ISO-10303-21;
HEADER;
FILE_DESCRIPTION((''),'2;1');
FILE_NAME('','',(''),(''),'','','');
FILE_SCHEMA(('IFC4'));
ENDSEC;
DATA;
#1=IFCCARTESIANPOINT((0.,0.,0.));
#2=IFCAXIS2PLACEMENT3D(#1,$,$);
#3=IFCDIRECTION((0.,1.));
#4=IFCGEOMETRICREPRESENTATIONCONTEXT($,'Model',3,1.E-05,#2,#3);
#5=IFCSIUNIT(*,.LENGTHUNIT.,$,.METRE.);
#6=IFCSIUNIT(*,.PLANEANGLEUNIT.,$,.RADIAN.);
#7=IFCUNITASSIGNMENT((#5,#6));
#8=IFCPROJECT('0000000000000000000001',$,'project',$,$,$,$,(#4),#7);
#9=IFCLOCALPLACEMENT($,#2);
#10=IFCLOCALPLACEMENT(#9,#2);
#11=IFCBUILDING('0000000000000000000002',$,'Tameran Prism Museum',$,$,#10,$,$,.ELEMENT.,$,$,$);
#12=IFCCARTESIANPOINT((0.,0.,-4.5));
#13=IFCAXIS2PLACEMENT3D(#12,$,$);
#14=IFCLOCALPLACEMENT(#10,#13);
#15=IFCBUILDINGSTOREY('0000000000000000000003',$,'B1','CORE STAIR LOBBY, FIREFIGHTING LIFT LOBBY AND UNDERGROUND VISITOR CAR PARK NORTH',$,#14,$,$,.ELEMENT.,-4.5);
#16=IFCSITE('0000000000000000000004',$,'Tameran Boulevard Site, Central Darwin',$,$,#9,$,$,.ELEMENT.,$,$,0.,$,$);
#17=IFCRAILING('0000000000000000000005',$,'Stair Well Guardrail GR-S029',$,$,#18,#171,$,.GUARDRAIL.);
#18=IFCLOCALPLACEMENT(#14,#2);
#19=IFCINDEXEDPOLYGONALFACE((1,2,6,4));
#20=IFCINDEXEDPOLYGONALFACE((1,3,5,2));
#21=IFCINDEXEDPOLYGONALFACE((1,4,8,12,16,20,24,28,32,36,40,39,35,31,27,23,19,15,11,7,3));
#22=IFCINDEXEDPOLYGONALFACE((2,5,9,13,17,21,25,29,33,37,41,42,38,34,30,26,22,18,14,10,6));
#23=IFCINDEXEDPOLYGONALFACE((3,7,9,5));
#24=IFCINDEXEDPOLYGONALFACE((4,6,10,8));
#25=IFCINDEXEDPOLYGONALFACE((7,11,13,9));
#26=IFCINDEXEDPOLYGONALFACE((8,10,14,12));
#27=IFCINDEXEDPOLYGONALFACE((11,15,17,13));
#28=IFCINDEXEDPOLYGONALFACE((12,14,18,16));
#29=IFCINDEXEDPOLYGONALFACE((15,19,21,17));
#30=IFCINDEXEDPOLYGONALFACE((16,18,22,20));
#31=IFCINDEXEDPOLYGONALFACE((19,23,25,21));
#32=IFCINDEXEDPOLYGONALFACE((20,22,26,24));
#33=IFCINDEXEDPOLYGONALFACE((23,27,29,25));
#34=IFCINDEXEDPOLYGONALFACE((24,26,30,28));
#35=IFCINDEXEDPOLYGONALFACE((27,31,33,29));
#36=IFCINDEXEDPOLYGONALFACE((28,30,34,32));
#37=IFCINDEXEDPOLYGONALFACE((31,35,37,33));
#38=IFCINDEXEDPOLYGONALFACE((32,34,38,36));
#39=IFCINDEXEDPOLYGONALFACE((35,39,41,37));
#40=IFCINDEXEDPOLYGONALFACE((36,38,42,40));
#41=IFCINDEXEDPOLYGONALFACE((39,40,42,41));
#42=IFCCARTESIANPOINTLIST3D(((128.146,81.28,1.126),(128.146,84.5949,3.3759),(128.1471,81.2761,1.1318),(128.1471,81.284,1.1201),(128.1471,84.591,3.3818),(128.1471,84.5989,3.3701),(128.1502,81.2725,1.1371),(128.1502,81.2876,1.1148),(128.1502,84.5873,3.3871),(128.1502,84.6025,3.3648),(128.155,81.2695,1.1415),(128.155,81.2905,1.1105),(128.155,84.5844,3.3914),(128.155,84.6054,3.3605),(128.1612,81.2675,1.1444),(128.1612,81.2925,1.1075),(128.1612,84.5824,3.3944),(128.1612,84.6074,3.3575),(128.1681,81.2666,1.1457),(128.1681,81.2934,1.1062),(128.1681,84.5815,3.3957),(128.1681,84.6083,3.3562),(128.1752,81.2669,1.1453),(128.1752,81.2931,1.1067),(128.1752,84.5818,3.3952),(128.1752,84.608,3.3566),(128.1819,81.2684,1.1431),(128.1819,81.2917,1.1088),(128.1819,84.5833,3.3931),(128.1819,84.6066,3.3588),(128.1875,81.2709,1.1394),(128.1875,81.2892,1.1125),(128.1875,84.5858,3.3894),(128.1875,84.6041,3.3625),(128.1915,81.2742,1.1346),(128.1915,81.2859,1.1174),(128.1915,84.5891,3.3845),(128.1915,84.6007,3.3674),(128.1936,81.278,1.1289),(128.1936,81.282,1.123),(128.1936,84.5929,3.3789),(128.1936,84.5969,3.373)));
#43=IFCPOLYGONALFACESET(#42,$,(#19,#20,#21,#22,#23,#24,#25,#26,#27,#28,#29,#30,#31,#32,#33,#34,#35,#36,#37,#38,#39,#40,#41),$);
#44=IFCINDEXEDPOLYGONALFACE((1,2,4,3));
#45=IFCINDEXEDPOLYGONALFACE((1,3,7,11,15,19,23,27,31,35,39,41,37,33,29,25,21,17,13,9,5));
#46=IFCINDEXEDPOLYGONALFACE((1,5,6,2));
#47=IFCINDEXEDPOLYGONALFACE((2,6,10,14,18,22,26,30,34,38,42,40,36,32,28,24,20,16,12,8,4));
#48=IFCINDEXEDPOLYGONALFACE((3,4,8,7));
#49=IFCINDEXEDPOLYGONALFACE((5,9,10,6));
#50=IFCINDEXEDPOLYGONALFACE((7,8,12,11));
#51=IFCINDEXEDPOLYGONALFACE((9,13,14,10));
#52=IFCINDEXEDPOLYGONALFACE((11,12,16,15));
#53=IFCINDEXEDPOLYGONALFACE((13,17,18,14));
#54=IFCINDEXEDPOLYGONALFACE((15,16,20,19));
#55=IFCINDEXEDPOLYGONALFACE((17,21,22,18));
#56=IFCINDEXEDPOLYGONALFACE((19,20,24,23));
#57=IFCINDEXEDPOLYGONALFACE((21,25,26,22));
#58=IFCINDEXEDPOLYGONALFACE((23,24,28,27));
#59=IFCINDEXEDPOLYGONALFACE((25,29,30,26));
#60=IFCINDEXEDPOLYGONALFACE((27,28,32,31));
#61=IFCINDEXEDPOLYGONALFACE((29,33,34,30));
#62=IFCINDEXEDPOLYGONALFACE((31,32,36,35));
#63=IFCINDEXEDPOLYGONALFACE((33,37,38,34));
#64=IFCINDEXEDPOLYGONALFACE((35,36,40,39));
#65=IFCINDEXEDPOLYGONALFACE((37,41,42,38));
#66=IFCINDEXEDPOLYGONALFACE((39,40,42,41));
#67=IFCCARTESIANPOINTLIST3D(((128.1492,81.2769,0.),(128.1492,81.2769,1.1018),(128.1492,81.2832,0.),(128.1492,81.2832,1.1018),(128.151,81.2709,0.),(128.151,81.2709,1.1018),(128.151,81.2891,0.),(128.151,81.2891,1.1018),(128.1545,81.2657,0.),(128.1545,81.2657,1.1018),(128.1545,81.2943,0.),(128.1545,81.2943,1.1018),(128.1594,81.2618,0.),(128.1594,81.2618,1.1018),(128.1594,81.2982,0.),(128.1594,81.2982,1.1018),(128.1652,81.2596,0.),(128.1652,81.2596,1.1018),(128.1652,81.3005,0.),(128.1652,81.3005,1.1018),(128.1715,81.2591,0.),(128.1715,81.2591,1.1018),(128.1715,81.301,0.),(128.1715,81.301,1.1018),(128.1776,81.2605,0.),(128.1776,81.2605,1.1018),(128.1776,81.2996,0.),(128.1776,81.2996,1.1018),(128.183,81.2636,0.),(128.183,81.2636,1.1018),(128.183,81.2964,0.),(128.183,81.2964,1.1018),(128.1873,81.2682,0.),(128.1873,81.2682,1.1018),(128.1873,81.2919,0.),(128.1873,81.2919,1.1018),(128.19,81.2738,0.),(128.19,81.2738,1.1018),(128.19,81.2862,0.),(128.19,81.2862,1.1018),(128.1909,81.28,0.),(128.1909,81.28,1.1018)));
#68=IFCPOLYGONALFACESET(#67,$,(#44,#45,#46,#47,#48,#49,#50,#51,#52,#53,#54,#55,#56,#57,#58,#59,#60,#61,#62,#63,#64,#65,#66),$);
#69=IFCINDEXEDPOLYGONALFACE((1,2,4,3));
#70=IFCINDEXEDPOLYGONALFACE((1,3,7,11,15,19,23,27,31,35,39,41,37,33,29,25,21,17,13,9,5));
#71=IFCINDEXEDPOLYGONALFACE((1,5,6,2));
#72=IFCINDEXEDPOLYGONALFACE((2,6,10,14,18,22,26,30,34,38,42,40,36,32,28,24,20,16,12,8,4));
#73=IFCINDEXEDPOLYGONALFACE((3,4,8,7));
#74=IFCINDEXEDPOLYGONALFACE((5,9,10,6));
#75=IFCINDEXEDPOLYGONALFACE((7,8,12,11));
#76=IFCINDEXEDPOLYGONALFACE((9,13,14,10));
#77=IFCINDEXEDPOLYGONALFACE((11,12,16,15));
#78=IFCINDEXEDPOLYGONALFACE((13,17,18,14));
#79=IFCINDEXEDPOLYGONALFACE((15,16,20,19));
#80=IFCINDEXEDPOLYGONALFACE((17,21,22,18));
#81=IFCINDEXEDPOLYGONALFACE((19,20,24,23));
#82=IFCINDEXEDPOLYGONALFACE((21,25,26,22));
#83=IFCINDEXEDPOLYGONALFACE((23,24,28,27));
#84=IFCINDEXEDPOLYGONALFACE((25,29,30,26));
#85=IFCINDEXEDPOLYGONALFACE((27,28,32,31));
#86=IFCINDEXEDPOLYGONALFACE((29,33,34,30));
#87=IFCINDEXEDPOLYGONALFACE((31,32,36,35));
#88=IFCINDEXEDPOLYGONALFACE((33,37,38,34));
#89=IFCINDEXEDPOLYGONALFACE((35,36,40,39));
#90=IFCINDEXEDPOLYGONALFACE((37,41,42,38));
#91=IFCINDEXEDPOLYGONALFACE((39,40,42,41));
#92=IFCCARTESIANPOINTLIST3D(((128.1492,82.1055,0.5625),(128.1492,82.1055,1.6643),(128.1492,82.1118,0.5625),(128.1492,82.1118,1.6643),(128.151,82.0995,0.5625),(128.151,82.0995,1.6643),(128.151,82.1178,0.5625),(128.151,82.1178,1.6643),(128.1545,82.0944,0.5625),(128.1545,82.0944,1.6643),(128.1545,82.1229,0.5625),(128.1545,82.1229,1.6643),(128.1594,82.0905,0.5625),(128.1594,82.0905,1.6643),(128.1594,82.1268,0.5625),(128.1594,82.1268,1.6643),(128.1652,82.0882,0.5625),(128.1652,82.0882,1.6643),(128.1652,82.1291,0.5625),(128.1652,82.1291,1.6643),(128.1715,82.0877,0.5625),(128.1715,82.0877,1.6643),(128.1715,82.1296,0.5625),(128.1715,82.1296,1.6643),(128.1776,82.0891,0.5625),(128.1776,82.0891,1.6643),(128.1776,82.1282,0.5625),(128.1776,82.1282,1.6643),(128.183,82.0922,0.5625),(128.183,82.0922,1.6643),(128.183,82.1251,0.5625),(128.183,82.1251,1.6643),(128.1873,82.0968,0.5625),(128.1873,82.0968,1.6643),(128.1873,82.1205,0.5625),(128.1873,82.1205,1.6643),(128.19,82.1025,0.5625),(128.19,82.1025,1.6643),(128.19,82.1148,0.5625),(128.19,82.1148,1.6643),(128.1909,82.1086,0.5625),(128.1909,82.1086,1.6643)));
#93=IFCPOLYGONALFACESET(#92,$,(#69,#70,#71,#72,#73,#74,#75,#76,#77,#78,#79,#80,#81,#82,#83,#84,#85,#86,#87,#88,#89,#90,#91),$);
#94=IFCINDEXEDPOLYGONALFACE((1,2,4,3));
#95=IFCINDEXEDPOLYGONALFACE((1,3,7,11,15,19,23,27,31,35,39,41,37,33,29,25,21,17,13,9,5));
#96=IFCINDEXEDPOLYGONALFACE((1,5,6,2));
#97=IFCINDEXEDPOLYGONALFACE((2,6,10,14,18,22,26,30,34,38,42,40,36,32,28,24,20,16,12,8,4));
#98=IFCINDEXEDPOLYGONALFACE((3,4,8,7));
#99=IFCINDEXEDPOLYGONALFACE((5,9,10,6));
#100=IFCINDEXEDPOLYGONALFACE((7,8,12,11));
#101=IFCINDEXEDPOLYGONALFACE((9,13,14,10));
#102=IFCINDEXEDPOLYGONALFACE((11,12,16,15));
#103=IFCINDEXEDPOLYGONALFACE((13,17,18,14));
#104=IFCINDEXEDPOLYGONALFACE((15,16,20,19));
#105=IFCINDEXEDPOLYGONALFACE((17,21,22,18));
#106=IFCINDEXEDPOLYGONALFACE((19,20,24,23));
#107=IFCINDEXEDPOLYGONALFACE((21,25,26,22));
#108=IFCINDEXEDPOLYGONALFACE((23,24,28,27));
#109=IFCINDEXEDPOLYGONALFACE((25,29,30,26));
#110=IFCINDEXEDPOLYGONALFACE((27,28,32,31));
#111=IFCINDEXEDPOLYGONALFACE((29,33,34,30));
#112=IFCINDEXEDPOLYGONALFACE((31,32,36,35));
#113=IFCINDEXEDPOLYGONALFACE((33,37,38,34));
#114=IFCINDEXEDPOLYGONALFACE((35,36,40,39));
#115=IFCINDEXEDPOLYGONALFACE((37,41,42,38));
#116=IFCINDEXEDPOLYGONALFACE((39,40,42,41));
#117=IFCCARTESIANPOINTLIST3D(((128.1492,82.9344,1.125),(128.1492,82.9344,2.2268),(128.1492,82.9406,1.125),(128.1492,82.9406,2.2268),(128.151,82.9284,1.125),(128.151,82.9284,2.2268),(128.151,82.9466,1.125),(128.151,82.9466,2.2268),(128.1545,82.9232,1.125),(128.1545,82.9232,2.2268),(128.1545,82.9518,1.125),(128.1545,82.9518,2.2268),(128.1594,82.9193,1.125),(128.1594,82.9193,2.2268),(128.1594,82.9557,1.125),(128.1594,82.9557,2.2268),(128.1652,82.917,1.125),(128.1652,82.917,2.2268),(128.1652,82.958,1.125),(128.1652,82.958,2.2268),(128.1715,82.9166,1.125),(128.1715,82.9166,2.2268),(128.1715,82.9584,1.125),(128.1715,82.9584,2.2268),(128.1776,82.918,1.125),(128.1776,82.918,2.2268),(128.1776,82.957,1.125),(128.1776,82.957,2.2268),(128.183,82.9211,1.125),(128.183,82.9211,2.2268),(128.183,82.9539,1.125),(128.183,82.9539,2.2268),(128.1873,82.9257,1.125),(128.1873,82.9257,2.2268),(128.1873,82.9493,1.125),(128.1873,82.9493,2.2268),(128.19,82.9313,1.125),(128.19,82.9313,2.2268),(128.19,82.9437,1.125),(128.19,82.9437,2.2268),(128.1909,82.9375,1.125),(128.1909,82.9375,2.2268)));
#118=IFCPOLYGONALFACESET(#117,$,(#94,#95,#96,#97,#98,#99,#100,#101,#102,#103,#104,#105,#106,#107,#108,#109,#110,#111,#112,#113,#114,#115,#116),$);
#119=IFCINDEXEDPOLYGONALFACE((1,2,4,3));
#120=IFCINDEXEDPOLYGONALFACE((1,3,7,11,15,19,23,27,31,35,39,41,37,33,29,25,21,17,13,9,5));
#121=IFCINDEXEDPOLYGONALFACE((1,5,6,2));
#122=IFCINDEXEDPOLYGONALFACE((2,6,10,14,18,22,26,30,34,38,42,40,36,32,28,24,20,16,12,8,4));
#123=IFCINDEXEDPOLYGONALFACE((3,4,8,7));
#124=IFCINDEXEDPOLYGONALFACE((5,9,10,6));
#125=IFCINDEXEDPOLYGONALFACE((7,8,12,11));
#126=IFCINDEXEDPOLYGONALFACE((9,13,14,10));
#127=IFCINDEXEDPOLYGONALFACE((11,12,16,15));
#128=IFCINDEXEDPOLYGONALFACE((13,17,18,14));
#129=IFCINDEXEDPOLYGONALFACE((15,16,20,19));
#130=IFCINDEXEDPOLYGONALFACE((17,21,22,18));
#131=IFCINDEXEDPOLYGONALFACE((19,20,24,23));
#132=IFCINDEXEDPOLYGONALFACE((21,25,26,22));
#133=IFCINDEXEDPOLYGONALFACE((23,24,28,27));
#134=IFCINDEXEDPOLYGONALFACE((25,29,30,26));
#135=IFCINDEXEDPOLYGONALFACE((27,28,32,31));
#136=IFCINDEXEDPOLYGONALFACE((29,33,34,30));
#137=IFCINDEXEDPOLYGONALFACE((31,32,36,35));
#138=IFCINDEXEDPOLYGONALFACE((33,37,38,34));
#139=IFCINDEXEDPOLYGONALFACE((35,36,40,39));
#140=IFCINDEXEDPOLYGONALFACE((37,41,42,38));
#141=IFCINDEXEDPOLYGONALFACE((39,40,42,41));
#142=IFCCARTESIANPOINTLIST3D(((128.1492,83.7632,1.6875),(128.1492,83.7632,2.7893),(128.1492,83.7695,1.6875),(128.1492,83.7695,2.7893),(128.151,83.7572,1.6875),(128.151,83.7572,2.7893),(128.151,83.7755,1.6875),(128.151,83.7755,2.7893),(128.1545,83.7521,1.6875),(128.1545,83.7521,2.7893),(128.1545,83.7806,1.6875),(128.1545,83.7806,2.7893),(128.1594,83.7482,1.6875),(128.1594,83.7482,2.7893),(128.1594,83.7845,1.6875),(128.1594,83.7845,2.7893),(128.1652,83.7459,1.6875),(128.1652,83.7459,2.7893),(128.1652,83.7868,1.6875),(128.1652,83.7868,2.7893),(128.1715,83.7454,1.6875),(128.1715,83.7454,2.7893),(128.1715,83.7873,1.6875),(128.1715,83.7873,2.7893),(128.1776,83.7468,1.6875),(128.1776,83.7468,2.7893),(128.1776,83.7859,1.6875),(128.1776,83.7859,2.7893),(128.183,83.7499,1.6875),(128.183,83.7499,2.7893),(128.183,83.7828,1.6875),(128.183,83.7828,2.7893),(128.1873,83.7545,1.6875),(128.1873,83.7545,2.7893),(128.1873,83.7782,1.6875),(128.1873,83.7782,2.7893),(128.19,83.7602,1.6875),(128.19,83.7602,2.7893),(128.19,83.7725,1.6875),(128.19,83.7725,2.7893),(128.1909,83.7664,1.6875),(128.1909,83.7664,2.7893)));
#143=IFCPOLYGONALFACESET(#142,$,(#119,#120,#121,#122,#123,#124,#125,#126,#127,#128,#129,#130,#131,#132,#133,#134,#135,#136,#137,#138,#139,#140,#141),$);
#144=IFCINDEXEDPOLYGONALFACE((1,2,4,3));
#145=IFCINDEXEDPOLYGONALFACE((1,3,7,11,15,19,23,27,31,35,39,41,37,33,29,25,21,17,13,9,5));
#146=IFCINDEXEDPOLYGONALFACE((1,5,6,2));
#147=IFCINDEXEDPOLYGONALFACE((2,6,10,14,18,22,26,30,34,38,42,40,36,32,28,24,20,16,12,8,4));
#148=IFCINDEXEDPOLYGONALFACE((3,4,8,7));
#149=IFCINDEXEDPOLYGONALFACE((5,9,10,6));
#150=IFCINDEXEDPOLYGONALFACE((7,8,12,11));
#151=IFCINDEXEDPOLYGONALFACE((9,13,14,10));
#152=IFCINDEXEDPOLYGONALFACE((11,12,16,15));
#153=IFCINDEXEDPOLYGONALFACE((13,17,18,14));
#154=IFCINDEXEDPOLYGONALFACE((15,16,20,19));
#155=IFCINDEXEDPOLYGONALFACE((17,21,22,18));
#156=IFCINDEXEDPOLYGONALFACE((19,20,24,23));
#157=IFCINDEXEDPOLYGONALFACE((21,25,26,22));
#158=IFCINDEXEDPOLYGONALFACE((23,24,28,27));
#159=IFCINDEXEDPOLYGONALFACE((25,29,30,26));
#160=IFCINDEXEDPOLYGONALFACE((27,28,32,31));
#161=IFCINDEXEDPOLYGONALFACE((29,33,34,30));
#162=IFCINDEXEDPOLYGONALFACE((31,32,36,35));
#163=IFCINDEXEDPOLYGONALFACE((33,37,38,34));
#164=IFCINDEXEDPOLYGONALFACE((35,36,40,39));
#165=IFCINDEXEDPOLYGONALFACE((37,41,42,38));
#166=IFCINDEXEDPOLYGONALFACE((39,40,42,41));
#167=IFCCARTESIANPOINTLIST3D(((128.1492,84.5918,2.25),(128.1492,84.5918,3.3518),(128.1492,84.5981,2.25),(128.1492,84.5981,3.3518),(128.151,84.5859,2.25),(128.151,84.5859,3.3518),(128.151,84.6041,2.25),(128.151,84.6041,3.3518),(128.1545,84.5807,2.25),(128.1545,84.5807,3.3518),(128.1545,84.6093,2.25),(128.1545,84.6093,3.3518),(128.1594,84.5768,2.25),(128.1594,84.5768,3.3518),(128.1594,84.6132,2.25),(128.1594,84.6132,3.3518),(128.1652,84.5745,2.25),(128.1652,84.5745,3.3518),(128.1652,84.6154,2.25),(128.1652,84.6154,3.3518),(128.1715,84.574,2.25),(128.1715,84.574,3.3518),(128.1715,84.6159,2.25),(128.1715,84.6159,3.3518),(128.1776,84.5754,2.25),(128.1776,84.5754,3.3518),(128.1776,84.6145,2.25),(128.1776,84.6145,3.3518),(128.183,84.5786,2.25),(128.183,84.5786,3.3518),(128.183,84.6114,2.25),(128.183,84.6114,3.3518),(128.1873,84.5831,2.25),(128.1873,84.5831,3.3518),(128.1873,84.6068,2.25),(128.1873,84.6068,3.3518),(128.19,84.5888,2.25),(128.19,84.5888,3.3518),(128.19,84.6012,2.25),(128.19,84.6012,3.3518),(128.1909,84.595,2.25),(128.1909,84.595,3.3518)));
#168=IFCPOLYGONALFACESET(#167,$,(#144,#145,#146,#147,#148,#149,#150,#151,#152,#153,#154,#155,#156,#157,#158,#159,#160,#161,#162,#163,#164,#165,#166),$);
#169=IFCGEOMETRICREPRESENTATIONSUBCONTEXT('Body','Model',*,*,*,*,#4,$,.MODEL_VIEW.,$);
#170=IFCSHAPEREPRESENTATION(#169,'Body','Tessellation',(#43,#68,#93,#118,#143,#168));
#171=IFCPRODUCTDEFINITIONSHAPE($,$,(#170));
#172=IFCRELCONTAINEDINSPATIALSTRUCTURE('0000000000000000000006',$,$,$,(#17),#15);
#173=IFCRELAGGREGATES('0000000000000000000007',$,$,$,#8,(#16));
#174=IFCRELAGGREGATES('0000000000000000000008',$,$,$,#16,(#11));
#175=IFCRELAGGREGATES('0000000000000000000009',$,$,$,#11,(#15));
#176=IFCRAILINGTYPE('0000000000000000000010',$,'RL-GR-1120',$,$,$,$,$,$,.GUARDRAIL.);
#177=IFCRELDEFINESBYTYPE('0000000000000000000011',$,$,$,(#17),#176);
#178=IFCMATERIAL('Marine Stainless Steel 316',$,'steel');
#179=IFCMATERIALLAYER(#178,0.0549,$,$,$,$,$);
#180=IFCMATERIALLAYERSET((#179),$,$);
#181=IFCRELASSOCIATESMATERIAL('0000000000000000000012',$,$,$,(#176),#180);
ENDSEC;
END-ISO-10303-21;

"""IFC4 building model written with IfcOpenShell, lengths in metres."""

from ifc_helpers import new_model, si_unit, direction, frame, origin, origin_2d, place, context, subcontext, project, spatial, circle, extrude, material, layer, layer_set, type_object, element, save


model = new_model("IFC4")

# Units and contexts
model_context = context("Model", 3, precision=1e-05, world=origin(), true_north=direction((0.0, 1.0)))
body_context = subcontext(model_context, "Body", "Model", "MODEL_VIEW")
ifc_project = project(units=[si_unit("LENGTHUNIT", "METRE"), si_unit("PLANEANGLEUNIT", "RADIAN")], contexts=[model_context])

# Site, building, storey
site_placement = place(None, origin())
site = spatial("IfcSite", under=ifc_project, at=site_placement, Name="Tameran Boulevard Site, Central Darwin", CompositionType="ELEMENT", RefElevation=0.0)
building_placement = place(site_placement, origin())
building = spatial("IfcBuilding", under=site, at=building_placement, Name="Tameran Prism Museum", CompositionType="ELEMENT")
storey_placement = place(building_placement, frame((0.0, 0.0, -4.5)))
storey = spatial("IfcBuildingStorey", under=building, at=storey_placement, Name="B1", Description="CORE STAIR LOBBY, FIREFIGHTING LIFT LOBBY AND UNDERGROUND VISITOR CAR PARK NORTH", CompositionType="ELEMENT", Elevation=-4.5)

# Railing
ifc_material_1 = material(Name="Marine Stainless Steel 316", Category="steel")
ifc_layer_1 = layer(ifc_material_1, 0.0549)
ifc_layer_set_1 = layer_set([ifc_layer_1])
railing_type_1 = type_object("IfcRailingType", Name="RL-GR-1120", PredefinedType="GUARDRAIL", material=ifc_layer_set_1)
railing_1_placement = place(storey_placement, frame((128.1699, 81.28, 0.0)))
element("IfcRailing", 1, at=railing_1_placement, inside=storey, type_object=railing_type_1, Name="Stair Well Guardrail GR-S029", PredefinedType="GUARDRAIL", context=body_context, shape_type="SweptSolid", body=[
    extrude(circle(Radius=0.0239, at=origin_2d()), frame((0.0, 0.0, 1.126), z_axis=(0.0, 0.827409, 0.5616), x_axis=(-1.0, 0.0, 0.0)), (0.0, 0.0, 1.0), 4.0063),
    extrude(circle(Radius=0.021, at=origin_2d()), origin(), (0.0, 0.0, 1.0), 1.1018),
    extrude(circle(Radius=0.021, at=origin_2d()), frame((0.0, 0.8286, 0.5625)), (0.0, 0.0, 1.0), 1.1018),
    extrude(circle(Radius=0.021, at=origin_2d()), frame((0.0, 1.6575, 1.125)), (0.0, 0.0, 1.0), 1.1018),
    extrude(circle(Radius=0.021, at=origin_2d()), frame((0.0, 2.4863, 1.6875)), (0.0, 0.0, 1.0), 1.1018),
    extrude(circle(Radius=0.021, at=origin_2d()), frame((0.0, 3.3149, 2.25)), (0.0, 0.0, 1.0), 1.1018),
])

save(model, "model.ifc")
